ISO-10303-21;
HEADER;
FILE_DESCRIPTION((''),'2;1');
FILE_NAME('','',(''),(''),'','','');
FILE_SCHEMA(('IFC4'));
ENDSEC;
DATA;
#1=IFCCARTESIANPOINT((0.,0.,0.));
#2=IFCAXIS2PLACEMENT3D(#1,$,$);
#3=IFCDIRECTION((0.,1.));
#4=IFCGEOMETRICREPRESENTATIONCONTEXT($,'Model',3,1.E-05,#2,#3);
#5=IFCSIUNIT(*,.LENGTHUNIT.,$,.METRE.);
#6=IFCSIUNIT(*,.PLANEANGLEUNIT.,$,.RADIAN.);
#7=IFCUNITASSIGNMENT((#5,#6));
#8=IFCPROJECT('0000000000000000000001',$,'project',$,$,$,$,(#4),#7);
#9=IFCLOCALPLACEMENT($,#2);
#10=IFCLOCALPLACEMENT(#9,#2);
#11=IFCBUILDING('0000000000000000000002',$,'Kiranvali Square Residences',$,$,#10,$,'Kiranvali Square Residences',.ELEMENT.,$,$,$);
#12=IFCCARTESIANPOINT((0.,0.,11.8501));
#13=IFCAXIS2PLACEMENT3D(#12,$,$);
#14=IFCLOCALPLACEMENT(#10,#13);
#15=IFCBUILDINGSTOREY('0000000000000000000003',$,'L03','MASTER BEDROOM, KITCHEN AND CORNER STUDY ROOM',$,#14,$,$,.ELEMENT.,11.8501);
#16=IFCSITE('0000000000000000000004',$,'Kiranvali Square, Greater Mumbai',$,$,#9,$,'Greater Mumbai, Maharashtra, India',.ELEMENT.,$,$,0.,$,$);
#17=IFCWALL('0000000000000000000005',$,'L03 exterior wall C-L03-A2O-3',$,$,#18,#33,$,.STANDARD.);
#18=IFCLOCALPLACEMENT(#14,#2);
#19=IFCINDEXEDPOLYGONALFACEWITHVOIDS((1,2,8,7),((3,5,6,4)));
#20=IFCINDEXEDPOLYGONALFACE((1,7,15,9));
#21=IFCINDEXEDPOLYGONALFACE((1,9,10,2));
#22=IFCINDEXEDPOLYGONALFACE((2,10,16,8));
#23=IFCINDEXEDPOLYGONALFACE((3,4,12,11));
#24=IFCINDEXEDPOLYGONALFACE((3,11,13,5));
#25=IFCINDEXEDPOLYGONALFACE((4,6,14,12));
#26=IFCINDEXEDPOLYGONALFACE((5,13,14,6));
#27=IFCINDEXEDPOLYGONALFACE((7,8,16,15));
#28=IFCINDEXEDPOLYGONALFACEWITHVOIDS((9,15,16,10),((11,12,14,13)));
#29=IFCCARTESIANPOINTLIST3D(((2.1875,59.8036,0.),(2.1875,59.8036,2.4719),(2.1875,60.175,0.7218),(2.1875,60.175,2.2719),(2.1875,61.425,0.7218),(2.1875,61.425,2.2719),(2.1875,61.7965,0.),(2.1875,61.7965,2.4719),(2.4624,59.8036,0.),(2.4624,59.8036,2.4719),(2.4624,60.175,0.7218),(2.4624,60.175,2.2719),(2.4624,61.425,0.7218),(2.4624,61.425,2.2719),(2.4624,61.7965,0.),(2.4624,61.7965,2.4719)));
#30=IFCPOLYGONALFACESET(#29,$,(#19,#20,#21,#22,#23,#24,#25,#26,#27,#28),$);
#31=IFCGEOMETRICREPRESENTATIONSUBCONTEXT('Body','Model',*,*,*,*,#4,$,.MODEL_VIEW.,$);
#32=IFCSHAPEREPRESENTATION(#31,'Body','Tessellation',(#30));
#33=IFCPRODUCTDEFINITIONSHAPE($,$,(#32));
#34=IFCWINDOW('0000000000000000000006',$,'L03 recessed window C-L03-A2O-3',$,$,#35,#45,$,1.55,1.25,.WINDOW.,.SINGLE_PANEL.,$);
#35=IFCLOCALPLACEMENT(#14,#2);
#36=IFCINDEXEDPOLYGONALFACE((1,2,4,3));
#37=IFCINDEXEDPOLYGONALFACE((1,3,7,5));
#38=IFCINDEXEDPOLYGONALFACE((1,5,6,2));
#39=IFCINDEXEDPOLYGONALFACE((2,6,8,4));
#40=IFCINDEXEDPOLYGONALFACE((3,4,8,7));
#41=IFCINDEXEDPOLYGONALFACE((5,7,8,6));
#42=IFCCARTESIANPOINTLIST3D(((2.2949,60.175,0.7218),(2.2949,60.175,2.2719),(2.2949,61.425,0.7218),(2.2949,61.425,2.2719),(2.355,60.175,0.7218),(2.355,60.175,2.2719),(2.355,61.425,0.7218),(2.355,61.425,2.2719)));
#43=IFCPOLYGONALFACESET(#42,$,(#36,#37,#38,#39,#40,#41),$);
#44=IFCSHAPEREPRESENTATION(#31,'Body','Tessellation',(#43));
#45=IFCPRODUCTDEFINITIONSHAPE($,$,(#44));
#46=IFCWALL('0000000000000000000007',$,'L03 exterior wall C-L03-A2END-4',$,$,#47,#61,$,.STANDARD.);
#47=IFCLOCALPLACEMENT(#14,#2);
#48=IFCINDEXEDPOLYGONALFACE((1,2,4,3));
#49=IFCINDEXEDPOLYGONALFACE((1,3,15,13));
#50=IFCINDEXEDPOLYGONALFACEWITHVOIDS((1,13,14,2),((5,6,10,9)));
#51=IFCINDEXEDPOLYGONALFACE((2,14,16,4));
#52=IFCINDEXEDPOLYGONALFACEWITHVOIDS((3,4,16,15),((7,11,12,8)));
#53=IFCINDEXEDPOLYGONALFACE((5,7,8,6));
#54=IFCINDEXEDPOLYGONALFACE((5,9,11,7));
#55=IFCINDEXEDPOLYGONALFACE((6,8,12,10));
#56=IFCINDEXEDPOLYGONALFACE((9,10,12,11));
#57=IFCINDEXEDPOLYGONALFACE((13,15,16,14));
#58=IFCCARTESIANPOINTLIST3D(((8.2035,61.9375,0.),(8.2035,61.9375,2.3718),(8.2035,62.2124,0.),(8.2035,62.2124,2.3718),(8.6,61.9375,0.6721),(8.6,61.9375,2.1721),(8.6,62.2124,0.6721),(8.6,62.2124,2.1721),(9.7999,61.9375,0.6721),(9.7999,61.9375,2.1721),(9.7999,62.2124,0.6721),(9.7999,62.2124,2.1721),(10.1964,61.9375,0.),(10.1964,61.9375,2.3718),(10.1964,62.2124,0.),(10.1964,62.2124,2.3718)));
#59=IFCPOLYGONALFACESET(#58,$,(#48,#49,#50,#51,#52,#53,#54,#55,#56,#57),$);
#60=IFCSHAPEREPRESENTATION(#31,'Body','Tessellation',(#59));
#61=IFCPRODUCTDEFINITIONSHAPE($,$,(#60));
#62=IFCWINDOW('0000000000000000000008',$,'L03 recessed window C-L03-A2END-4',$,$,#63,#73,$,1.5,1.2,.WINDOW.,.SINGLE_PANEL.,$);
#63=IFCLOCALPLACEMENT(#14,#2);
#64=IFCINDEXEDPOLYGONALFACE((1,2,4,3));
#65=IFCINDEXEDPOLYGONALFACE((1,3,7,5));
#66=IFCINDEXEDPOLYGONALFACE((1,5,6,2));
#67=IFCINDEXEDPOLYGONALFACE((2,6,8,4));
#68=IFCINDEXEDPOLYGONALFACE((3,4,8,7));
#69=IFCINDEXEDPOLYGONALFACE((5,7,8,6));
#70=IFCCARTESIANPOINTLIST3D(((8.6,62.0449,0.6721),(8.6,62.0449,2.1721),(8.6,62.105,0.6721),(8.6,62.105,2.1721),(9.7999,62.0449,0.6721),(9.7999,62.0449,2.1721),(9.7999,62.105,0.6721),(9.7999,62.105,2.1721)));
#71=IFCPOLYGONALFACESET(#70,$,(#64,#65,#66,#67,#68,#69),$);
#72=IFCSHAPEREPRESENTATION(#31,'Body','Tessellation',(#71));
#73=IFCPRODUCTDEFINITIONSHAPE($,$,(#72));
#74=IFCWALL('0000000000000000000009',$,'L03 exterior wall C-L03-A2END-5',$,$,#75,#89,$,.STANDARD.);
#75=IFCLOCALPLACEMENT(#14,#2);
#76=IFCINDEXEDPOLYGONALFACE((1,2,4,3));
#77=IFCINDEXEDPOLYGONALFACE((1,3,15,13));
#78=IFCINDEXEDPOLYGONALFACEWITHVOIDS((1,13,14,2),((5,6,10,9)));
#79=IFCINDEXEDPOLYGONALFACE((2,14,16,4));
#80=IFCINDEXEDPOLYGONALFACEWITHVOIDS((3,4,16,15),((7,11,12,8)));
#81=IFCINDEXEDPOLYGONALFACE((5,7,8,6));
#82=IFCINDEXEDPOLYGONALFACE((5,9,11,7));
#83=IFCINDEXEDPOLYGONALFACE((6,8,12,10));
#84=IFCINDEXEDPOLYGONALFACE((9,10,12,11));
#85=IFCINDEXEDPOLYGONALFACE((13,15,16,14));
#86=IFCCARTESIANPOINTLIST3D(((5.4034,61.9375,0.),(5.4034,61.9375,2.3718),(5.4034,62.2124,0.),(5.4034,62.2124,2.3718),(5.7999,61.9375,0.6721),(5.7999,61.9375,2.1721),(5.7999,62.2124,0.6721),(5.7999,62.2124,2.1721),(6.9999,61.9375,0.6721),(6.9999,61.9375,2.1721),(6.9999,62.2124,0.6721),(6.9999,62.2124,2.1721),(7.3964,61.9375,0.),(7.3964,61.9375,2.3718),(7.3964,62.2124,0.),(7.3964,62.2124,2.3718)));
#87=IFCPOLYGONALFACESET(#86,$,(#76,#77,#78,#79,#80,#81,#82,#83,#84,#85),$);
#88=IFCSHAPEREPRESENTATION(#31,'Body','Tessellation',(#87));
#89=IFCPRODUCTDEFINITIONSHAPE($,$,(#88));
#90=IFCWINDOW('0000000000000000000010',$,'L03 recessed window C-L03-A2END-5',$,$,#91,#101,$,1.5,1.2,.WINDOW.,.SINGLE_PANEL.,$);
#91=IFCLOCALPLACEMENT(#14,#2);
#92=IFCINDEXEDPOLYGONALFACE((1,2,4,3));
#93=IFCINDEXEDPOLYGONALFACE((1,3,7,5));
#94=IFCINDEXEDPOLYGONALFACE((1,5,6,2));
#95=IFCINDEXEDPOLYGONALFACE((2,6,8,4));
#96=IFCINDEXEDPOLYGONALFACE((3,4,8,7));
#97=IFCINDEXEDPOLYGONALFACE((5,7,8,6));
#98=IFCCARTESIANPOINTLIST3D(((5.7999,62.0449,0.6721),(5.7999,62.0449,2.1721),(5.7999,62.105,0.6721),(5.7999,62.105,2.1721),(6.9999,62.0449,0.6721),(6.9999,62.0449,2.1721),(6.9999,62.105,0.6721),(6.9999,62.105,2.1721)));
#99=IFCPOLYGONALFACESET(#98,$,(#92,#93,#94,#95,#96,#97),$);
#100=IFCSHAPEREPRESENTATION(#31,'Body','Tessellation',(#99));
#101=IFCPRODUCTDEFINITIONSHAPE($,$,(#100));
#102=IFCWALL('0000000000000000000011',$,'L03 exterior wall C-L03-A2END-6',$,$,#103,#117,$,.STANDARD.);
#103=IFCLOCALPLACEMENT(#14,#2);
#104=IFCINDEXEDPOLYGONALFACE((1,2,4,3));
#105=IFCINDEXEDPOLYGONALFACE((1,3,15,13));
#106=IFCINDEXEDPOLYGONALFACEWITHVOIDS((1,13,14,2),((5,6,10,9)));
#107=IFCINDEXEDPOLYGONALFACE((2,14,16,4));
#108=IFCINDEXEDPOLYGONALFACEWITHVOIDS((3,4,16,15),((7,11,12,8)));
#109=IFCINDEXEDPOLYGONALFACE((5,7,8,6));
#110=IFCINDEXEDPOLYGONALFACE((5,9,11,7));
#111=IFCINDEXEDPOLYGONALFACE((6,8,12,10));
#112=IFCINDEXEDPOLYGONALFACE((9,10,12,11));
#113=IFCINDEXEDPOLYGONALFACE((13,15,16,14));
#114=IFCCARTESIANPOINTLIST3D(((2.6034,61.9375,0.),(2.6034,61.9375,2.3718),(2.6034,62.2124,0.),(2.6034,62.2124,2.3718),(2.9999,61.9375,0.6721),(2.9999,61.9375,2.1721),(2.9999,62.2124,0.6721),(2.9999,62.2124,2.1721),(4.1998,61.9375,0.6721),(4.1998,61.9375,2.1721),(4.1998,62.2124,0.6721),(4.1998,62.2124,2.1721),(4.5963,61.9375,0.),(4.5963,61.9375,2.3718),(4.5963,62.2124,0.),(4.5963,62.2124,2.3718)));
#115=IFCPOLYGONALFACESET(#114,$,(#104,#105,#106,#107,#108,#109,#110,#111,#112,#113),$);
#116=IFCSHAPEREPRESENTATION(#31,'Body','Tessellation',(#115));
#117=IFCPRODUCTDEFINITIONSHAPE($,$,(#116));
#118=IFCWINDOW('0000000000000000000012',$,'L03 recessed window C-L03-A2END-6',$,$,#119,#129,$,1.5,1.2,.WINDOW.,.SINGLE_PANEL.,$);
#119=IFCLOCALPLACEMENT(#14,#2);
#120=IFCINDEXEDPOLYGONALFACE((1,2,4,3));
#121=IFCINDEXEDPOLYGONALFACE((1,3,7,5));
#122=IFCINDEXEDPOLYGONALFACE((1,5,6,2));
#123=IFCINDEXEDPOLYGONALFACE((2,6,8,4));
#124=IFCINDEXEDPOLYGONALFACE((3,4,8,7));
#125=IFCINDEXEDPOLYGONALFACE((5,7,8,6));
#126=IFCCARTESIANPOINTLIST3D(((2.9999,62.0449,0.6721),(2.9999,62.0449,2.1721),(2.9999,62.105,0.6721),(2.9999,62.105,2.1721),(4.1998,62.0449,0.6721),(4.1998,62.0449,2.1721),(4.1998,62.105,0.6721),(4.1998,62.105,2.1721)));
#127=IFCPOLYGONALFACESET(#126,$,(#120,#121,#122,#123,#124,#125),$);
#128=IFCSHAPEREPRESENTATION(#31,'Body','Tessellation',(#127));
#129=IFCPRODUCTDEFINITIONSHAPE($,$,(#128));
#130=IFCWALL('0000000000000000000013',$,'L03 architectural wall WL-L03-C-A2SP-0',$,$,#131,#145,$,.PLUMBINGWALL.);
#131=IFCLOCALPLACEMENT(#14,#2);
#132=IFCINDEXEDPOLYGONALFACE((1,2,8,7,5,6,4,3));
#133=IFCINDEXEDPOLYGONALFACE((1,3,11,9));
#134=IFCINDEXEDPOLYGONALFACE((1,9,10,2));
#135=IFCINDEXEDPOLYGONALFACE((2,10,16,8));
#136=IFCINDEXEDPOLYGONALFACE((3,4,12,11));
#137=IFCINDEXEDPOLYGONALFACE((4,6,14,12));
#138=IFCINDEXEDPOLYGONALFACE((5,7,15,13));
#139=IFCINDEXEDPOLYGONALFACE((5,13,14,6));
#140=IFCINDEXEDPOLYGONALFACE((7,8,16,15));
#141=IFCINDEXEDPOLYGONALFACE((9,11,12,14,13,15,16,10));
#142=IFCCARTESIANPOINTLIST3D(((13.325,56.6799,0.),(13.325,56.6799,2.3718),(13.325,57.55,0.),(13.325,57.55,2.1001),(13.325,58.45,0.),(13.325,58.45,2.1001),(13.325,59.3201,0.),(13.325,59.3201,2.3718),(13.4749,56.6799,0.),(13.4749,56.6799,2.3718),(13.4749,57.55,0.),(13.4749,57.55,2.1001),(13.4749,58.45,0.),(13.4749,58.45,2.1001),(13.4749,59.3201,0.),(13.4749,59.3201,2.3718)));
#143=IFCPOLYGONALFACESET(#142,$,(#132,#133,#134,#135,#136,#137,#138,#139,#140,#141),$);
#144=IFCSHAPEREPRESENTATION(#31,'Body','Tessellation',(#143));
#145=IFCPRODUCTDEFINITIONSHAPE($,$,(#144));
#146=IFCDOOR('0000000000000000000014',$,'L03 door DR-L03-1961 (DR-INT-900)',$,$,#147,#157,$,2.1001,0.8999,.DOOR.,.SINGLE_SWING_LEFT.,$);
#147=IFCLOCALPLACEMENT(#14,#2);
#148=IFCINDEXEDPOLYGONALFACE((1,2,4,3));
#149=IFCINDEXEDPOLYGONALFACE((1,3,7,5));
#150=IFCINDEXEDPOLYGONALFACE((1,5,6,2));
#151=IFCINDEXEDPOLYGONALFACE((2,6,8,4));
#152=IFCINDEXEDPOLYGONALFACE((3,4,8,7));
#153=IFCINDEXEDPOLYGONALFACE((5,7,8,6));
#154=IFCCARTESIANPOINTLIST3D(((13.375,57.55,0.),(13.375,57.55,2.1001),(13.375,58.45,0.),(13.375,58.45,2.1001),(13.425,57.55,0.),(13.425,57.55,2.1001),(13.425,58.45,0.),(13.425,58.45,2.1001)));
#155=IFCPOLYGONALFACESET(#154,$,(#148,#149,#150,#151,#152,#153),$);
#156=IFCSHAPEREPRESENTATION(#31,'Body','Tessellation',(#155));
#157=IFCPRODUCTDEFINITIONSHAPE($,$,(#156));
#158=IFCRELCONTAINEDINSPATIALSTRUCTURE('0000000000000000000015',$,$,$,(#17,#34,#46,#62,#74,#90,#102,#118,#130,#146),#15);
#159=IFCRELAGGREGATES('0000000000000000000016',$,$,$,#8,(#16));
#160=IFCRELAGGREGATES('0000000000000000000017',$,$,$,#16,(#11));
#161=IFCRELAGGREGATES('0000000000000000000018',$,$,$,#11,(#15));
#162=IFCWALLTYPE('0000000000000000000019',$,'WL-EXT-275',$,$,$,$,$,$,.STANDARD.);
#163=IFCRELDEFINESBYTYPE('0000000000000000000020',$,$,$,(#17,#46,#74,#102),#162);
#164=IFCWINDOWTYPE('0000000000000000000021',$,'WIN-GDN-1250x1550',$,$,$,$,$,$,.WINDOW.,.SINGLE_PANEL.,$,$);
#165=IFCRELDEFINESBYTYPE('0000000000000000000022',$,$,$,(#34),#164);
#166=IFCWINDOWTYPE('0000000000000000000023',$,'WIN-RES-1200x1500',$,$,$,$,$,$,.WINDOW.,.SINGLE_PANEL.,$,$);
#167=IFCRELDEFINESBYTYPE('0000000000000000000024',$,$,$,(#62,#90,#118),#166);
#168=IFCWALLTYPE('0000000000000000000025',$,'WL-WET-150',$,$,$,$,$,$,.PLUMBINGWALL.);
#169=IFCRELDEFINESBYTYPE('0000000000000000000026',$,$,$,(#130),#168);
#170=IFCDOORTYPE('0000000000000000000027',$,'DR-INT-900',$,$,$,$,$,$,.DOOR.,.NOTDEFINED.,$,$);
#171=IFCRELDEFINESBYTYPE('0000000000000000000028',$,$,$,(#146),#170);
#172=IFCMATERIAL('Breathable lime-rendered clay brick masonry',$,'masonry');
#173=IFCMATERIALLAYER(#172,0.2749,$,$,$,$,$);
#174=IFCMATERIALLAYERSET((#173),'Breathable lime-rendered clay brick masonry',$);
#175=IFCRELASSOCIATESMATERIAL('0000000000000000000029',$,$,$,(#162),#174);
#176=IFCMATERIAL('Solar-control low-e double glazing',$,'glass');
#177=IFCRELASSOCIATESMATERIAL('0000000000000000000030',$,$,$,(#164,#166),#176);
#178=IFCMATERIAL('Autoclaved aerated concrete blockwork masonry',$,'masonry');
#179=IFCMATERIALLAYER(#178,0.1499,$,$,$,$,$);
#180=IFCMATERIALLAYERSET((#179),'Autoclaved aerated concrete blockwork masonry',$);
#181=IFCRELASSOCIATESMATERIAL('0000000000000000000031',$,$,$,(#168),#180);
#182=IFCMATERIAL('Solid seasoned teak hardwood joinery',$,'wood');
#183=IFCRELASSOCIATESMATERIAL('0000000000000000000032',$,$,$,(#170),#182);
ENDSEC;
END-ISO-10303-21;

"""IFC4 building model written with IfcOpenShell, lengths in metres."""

from ifc_helpers import new_model, si_unit, direction, frame, frame_2d, origin, place, context, subcontext, project, spatial, rectangle, extrude, material, layer, layer_set, type_object, element, fill, save


model = new_model("IFC4")

# Units and contexts
model_context = context("Model", 3, precision=1e-05, world=origin(), true_north=direction((0.0, 1.0)))
body_context = subcontext(model_context, "Body", "Model", "MODEL_VIEW")
ifc_project = project(units=[si_unit("LENGTHUNIT", "METRE"), si_unit("PLANEANGLEUNIT", "RADIAN")], contexts=[model_context])

# Site, building, storey
site_placement = place(None, origin())
site = spatial("IfcSite", under=ifc_project, at=site_placement, Name="Kiranvali Square, Greater Mumbai", LongName="Greater Mumbai, Maharashtra, India", CompositionType="ELEMENT", RefElevation=0.0)
building_placement = place(site_placement, origin())
building = spatial("IfcBuilding", under=site, at=building_placement, Name="Kiranvali Square Residences", LongName="Kiranvali Square Residences", CompositionType="ELEMENT")
storey_placement = place(building_placement, frame((0.0, 0.0, 11.8501)))
storey = spatial("IfcBuildingStorey", under=building, at=storey_placement, Name="L03", Description="MASTER BEDROOM, KITCHEN AND CORNER STUDY ROOM", CompositionType="ELEMENT", Elevation=11.8501)

# Walls, openings, windows
ifc_material_1 = material(Name="Breathable lime-rendered clay brick masonry", Category="masonry")
ifc_layer_1 = layer(ifc_material_1, 0.2749)
ifc_layer_set_1 = layer_set([ifc_layer_1], Name="Breathable lime-rendered clay brick masonry")
wall_type_1 = type_object("IfcWallType", Name="WL-EXT-275", PredefinedType="STANDARD", material=ifc_layer_set_1)
ifc_material_2 = material(Name="Solar-control low-e double glazing", Category="glass")
window_type_1 = type_object("IfcWindowType", Name="WIN-GDN-1250x1550", PartitioningType="SINGLE_PANEL", PredefinedType="WINDOW", material=ifc_material_2)
wall_1_placement = place(storey_placement, frame((2.325, 59.8035, 0.0), z_axis=(0.0, 0.0, 1.0), x_axis=(0.0, 1.0, 0.0)))
wall_1 = element("IfcWall", 1, at=wall_1_placement, inside=storey, type_object=wall_type_1, Name="L03 exterior wall C-L03-A2O-3", PredefinedType="STANDARD", context=body_context, shape_type="SweptSolid", body=[
    extrude(rectangle(XDim=1.9929, YDim=0.2749, at=frame_2d((0.9966, 0.0))), origin(), (0.0, 0.0, 1.0), 2.4719),
])
opening_1_placement = place(wall_1_placement, frame((0.3716, 0.0, 0.7219)))
opening_1 = element("IfcOpeningElement", 2, at=opening_1_placement, cuts=wall_1, PredefinedType="OPENING", context=body_context, shape_type="SweptSolid", body=[
    extrude(rectangle(XDim=1.25, YDim=1.55, at=frame_2d((0.625, 0.7749))), frame((0.0, 0.1475, 0.0), z_axis=(0.0, -1.0, 0.0), x_axis=(1.0, 0.0, 0.0)), (0.0, 0.0, 1.0), 0.2949),
])
window_1_placement = place(opening_1_placement, origin())
window_1 = element("IfcWindow", 3, at=window_1_placement, inside=storey, type_object=window_type_1, Name="L03 recessed window C-L03-A2O-3", OverallHeight=1.55, OverallWidth=1.25, PartitioningType="SINGLE_PANEL", PredefinedType="WINDOW", context=body_context, shape_type="SweptSolid", body=[
    extrude(rectangle(XDim=1.25, YDim=1.55, at=frame_2d((0.625, 0.7749))), frame((0.0, 0.03, 0.0), z_axis=(0.0, -1.0, 0.0), x_axis=(1.0, 0.0, 0.0)), (0.0, 0.0, 1.0), 0.0601),
])
fill(opening_1, window_1)
wall_2_placement = place(storey_placement, frame((10.1965, 62.075, 0.0), z_axis=(0.0, 0.0, 1.0), x_axis=(-1.0, 0.0, 0.0)))
wall_2 = element("IfcWall", 4, at=wall_2_placement, inside=storey, type_object=wall_type_1, Name="L03 exterior wall C-L03-A2END-4", PredefinedType="STANDARD", context=body_context, shape_type="SweptSolid", body=[
    extrude(rectangle(XDim=1.9929, YDim=0.2749, at=frame_2d((0.9966, 0.0))), origin(), (0.0, 0.0, 1.0), 2.3718),
])
opening_2_placement = place(wall_2_placement, frame((0.3965, 0.0, 0.6721)))
opening_2 = element("IfcOpeningElement", 5, at=opening_2_placement, cuts=wall_2, PredefinedType="OPENING", context=body_context, shape_type="SweptSolid", body=[
    extrude(rectangle(XDim=1.2, YDim=1.5, at=frame_2d((0.6001, 0.75))), frame((0.0, 0.1475, 0.0), z_axis=(0.0, -1.0, 0.0), x_axis=(1.0, 0.0, 0.0)), (0.0, 0.0, 1.0), 0.2949),
])
window_type_2 = type_object("IfcWindowType", Name="WIN-RES-1200x1500", PartitioningType="SINGLE_PANEL", PredefinedType="WINDOW", material=ifc_material_2)
window_2_placement = place(opening_2_placement, origin())
window_2 = element("IfcWindow", 6, at=window_2_placement, inside=storey, type_object=window_type_2, Name="L03 recessed window C-L03-A2END-4", OverallHeight=1.5, OverallWidth=1.2, PartitioningType="SINGLE_PANEL", PredefinedType="WINDOW", context=body_context, shape_type="SweptSolid", body=[
    extrude(rectangle(XDim=1.2, YDim=1.5, at=frame_2d((0.6001, 0.75))), frame((0.0, 0.03, 0.0), z_axis=(0.0, -1.0, 0.0), x_axis=(1.0, 0.0, 0.0)), (0.0, 0.0, 1.0), 0.0601),
])
fill(opening_2, window_2)
wall_3_placement = place(storey_placement, frame((7.3965, 62.075, 0.0), z_axis=(0.0, 0.0, 1.0), x_axis=(-1.0, 0.0, 0.0)))
wall_3 = element("IfcWall", 7, at=wall_3_placement, inside=storey, type_object=wall_type_1, Name="L03 exterior wall C-L03-A2END-5", PredefinedType="STANDARD", context=body_context, shape_type="SweptSolid", body=[
    extrude(rectangle(XDim=1.9929, YDim=0.2749, at=frame_2d((0.9966, 0.0))), origin(), (0.0, 0.0, 1.0), 2.3718),
])
opening_3_placement = place(wall_3_placement, frame((0.3965, 0.0, 0.6721)))
opening_3 = element("IfcOpeningElement", 8, at=opening_3_placement, cuts=wall_3, PredefinedType="OPENING", context=body_context, shape_type="SweptSolid", body=[
    extrude(rectangle(XDim=1.2, YDim=1.5, at=frame_2d((0.6001, 0.75))), frame((0.0, 0.1475, 0.0), z_axis=(0.0, -1.0, 0.0), x_axis=(1.0, 0.0, 0.0)), (0.0, 0.0, 1.0), 0.2949),
])
window_3_placement = place(opening_3_placement, origin())
window_3 = element("IfcWindow", 9, at=window_3_placement, inside=storey, type_object=window_type_2, Name="L03 recessed window C-L03-A2END-5", OverallHeight=1.5, OverallWidth=1.2, PartitioningType="SINGLE_PANEL", PredefinedType="WINDOW", context=body_context, shape_type="SweptSolid", body=[
    extrude(rectangle(XDim=1.2, YDim=1.5, at=frame_2d((0.6001, 0.75))), frame((0.0, 0.03, 0.0), z_axis=(0.0, -1.0, 0.0), x_axis=(1.0, 0.0, 0.0)), (0.0, 0.0, 1.0), 0.0601),
])
fill(opening_3, window_3)
wall_4_placement = place(storey_placement, frame((4.5964, 62.075, 0.0), z_axis=(0.0, 0.0, 1.0), x_axis=(-1.0, 0.0, 0.0)))
wall_4 = element("IfcWall", 10, at=wall_4_placement, inside=storey, type_object=wall_type_1, Name="L03 exterior wall C-L03-A2END-6", PredefinedType="STANDARD", context=body_context, shape_type="SweptSolid", body=[
    extrude(rectangle(XDim=1.9929, YDim=0.2749, at=frame_2d((0.9966, 0.0))), origin(), (0.0, 0.0, 1.0), 2.3718),
])
opening_4_placement = place(wall_4_placement, frame((0.3965, 0.0, 0.6721)))
opening_4 = element("IfcOpeningElement", 11, at=opening_4_placement, cuts=wall_4, PredefinedType="OPENING", context=body_context, shape_type="SweptSolid", body=[
    extrude(rectangle(XDim=1.2, YDim=1.5, at=frame_2d((0.6001, 0.75))), frame((0.0, 0.1475, 0.0), z_axis=(0.0, -1.0, 0.0), x_axis=(1.0, 0.0, 0.0)), (0.0, 0.0, 1.0), 0.2949),
])
window_4_placement = place(opening_4_placement, origin())
window_4 = element("IfcWindow", 12, at=window_4_placement, inside=storey, type_object=window_type_2, Name="L03 recessed window C-L03-A2END-6", OverallHeight=1.5, OverallWidth=1.2, PartitioningType="SINGLE_PANEL", PredefinedType="WINDOW", context=body_context, shape_type="SweptSolid", body=[
    extrude(rectangle(XDim=1.2, YDim=1.5, at=frame_2d((0.6001, 0.75))), frame((0.0, 0.03, 0.0), z_axis=(0.0, -1.0, 0.0), x_axis=(1.0, 0.0, 0.0)), (0.0, 0.0, 1.0), 0.0601),
])
fill(opening_4, window_4)

# Wall, opening, door
ifc_material_3 = material(Name="Autoclaved aerated concrete blockwork masonry", Category="masonry")
ifc_layer_2 = layer(ifc_material_3, 0.1499)
ifc_layer_set_2 = layer_set([ifc_layer_2], Name="Autoclaved aerated concrete blockwork masonry")
wall_type_2 = type_object("IfcWallType", Name="WL-WET-150", PredefinedType="PLUMBINGWALL", material=ifc_layer_set_2)
wall_5_placement = place(storey_placement, frame((13.3999, 56.6799, 0.0), z_axis=(0.0, 0.0, 1.0), x_axis=(0.0, 1.0, 0.0)))
wall_5 = element("IfcWall", 13, at=wall_5_placement, inside=storey, type_object=wall_type_2, Name="L03 architectural wall WL-L03-C-A2SP-0", PredefinedType="PLUMBINGWALL", context=body_context, shape_type="SweptSolid", body=[
    extrude(rectangle(XDim=2.6401, YDim=0.1499, at=frame_2d((1.3201, 0.0))), origin(), (0.0, 0.0, 1.0), 2.3718),
])
opening_5_placement = place(wall_5_placement, frame((0.8701, 0.0, 0.0)))
opening_5 = element("IfcOpeningElement", 14, at=opening_5_placement, cuts=wall_5, PredefinedType="OPENING", context=body_context, shape_type="SweptSolid", body=[
    extrude(rectangle(XDim=0.8999, YDim=2.1001, at=frame_2d((0.45, 1.05))), frame((0.0, 0.085, 0.0), z_axis=(0.0, -1.0, 0.0), x_axis=(1.0, 0.0, 0.0)), (0.0, 0.0, 1.0), 0.1699),
])
ifc_material_4 = material(Name="Solid seasoned teak hardwood joinery", Category="wood")
door_type = type_object("IfcDoorType", Name="DR-INT-900", OperationType="NOTDEFINED", PredefinedType="DOOR", material=ifc_material_4)
door_placement = place(opening_5_placement, origin())
door = element("IfcDoor", 15, at=door_placement, inside=storey, type_object=door_type, Name="L03 door DR-L03-1961 (DR-INT-900)", OperationType="SINGLE_SWING_LEFT", OverallHeight=2.1001, OverallWidth=0.8999, PredefinedType="DOOR", context=body_context, shape_type="SweptSolid", body=[
    extrude(rectangle(XDim=0.8999, YDim=2.1001, at=frame_2d((0.45, 1.05))), frame((0.0, 0.0249, 0.0), z_axis=(0.0, -1.0, 0.0), x_axis=(1.0, 0.0, 0.0)), (0.0, 0.0, 1.0), 0.05),
])
fill(opening_5, door)

save(model, "model.ifc")
